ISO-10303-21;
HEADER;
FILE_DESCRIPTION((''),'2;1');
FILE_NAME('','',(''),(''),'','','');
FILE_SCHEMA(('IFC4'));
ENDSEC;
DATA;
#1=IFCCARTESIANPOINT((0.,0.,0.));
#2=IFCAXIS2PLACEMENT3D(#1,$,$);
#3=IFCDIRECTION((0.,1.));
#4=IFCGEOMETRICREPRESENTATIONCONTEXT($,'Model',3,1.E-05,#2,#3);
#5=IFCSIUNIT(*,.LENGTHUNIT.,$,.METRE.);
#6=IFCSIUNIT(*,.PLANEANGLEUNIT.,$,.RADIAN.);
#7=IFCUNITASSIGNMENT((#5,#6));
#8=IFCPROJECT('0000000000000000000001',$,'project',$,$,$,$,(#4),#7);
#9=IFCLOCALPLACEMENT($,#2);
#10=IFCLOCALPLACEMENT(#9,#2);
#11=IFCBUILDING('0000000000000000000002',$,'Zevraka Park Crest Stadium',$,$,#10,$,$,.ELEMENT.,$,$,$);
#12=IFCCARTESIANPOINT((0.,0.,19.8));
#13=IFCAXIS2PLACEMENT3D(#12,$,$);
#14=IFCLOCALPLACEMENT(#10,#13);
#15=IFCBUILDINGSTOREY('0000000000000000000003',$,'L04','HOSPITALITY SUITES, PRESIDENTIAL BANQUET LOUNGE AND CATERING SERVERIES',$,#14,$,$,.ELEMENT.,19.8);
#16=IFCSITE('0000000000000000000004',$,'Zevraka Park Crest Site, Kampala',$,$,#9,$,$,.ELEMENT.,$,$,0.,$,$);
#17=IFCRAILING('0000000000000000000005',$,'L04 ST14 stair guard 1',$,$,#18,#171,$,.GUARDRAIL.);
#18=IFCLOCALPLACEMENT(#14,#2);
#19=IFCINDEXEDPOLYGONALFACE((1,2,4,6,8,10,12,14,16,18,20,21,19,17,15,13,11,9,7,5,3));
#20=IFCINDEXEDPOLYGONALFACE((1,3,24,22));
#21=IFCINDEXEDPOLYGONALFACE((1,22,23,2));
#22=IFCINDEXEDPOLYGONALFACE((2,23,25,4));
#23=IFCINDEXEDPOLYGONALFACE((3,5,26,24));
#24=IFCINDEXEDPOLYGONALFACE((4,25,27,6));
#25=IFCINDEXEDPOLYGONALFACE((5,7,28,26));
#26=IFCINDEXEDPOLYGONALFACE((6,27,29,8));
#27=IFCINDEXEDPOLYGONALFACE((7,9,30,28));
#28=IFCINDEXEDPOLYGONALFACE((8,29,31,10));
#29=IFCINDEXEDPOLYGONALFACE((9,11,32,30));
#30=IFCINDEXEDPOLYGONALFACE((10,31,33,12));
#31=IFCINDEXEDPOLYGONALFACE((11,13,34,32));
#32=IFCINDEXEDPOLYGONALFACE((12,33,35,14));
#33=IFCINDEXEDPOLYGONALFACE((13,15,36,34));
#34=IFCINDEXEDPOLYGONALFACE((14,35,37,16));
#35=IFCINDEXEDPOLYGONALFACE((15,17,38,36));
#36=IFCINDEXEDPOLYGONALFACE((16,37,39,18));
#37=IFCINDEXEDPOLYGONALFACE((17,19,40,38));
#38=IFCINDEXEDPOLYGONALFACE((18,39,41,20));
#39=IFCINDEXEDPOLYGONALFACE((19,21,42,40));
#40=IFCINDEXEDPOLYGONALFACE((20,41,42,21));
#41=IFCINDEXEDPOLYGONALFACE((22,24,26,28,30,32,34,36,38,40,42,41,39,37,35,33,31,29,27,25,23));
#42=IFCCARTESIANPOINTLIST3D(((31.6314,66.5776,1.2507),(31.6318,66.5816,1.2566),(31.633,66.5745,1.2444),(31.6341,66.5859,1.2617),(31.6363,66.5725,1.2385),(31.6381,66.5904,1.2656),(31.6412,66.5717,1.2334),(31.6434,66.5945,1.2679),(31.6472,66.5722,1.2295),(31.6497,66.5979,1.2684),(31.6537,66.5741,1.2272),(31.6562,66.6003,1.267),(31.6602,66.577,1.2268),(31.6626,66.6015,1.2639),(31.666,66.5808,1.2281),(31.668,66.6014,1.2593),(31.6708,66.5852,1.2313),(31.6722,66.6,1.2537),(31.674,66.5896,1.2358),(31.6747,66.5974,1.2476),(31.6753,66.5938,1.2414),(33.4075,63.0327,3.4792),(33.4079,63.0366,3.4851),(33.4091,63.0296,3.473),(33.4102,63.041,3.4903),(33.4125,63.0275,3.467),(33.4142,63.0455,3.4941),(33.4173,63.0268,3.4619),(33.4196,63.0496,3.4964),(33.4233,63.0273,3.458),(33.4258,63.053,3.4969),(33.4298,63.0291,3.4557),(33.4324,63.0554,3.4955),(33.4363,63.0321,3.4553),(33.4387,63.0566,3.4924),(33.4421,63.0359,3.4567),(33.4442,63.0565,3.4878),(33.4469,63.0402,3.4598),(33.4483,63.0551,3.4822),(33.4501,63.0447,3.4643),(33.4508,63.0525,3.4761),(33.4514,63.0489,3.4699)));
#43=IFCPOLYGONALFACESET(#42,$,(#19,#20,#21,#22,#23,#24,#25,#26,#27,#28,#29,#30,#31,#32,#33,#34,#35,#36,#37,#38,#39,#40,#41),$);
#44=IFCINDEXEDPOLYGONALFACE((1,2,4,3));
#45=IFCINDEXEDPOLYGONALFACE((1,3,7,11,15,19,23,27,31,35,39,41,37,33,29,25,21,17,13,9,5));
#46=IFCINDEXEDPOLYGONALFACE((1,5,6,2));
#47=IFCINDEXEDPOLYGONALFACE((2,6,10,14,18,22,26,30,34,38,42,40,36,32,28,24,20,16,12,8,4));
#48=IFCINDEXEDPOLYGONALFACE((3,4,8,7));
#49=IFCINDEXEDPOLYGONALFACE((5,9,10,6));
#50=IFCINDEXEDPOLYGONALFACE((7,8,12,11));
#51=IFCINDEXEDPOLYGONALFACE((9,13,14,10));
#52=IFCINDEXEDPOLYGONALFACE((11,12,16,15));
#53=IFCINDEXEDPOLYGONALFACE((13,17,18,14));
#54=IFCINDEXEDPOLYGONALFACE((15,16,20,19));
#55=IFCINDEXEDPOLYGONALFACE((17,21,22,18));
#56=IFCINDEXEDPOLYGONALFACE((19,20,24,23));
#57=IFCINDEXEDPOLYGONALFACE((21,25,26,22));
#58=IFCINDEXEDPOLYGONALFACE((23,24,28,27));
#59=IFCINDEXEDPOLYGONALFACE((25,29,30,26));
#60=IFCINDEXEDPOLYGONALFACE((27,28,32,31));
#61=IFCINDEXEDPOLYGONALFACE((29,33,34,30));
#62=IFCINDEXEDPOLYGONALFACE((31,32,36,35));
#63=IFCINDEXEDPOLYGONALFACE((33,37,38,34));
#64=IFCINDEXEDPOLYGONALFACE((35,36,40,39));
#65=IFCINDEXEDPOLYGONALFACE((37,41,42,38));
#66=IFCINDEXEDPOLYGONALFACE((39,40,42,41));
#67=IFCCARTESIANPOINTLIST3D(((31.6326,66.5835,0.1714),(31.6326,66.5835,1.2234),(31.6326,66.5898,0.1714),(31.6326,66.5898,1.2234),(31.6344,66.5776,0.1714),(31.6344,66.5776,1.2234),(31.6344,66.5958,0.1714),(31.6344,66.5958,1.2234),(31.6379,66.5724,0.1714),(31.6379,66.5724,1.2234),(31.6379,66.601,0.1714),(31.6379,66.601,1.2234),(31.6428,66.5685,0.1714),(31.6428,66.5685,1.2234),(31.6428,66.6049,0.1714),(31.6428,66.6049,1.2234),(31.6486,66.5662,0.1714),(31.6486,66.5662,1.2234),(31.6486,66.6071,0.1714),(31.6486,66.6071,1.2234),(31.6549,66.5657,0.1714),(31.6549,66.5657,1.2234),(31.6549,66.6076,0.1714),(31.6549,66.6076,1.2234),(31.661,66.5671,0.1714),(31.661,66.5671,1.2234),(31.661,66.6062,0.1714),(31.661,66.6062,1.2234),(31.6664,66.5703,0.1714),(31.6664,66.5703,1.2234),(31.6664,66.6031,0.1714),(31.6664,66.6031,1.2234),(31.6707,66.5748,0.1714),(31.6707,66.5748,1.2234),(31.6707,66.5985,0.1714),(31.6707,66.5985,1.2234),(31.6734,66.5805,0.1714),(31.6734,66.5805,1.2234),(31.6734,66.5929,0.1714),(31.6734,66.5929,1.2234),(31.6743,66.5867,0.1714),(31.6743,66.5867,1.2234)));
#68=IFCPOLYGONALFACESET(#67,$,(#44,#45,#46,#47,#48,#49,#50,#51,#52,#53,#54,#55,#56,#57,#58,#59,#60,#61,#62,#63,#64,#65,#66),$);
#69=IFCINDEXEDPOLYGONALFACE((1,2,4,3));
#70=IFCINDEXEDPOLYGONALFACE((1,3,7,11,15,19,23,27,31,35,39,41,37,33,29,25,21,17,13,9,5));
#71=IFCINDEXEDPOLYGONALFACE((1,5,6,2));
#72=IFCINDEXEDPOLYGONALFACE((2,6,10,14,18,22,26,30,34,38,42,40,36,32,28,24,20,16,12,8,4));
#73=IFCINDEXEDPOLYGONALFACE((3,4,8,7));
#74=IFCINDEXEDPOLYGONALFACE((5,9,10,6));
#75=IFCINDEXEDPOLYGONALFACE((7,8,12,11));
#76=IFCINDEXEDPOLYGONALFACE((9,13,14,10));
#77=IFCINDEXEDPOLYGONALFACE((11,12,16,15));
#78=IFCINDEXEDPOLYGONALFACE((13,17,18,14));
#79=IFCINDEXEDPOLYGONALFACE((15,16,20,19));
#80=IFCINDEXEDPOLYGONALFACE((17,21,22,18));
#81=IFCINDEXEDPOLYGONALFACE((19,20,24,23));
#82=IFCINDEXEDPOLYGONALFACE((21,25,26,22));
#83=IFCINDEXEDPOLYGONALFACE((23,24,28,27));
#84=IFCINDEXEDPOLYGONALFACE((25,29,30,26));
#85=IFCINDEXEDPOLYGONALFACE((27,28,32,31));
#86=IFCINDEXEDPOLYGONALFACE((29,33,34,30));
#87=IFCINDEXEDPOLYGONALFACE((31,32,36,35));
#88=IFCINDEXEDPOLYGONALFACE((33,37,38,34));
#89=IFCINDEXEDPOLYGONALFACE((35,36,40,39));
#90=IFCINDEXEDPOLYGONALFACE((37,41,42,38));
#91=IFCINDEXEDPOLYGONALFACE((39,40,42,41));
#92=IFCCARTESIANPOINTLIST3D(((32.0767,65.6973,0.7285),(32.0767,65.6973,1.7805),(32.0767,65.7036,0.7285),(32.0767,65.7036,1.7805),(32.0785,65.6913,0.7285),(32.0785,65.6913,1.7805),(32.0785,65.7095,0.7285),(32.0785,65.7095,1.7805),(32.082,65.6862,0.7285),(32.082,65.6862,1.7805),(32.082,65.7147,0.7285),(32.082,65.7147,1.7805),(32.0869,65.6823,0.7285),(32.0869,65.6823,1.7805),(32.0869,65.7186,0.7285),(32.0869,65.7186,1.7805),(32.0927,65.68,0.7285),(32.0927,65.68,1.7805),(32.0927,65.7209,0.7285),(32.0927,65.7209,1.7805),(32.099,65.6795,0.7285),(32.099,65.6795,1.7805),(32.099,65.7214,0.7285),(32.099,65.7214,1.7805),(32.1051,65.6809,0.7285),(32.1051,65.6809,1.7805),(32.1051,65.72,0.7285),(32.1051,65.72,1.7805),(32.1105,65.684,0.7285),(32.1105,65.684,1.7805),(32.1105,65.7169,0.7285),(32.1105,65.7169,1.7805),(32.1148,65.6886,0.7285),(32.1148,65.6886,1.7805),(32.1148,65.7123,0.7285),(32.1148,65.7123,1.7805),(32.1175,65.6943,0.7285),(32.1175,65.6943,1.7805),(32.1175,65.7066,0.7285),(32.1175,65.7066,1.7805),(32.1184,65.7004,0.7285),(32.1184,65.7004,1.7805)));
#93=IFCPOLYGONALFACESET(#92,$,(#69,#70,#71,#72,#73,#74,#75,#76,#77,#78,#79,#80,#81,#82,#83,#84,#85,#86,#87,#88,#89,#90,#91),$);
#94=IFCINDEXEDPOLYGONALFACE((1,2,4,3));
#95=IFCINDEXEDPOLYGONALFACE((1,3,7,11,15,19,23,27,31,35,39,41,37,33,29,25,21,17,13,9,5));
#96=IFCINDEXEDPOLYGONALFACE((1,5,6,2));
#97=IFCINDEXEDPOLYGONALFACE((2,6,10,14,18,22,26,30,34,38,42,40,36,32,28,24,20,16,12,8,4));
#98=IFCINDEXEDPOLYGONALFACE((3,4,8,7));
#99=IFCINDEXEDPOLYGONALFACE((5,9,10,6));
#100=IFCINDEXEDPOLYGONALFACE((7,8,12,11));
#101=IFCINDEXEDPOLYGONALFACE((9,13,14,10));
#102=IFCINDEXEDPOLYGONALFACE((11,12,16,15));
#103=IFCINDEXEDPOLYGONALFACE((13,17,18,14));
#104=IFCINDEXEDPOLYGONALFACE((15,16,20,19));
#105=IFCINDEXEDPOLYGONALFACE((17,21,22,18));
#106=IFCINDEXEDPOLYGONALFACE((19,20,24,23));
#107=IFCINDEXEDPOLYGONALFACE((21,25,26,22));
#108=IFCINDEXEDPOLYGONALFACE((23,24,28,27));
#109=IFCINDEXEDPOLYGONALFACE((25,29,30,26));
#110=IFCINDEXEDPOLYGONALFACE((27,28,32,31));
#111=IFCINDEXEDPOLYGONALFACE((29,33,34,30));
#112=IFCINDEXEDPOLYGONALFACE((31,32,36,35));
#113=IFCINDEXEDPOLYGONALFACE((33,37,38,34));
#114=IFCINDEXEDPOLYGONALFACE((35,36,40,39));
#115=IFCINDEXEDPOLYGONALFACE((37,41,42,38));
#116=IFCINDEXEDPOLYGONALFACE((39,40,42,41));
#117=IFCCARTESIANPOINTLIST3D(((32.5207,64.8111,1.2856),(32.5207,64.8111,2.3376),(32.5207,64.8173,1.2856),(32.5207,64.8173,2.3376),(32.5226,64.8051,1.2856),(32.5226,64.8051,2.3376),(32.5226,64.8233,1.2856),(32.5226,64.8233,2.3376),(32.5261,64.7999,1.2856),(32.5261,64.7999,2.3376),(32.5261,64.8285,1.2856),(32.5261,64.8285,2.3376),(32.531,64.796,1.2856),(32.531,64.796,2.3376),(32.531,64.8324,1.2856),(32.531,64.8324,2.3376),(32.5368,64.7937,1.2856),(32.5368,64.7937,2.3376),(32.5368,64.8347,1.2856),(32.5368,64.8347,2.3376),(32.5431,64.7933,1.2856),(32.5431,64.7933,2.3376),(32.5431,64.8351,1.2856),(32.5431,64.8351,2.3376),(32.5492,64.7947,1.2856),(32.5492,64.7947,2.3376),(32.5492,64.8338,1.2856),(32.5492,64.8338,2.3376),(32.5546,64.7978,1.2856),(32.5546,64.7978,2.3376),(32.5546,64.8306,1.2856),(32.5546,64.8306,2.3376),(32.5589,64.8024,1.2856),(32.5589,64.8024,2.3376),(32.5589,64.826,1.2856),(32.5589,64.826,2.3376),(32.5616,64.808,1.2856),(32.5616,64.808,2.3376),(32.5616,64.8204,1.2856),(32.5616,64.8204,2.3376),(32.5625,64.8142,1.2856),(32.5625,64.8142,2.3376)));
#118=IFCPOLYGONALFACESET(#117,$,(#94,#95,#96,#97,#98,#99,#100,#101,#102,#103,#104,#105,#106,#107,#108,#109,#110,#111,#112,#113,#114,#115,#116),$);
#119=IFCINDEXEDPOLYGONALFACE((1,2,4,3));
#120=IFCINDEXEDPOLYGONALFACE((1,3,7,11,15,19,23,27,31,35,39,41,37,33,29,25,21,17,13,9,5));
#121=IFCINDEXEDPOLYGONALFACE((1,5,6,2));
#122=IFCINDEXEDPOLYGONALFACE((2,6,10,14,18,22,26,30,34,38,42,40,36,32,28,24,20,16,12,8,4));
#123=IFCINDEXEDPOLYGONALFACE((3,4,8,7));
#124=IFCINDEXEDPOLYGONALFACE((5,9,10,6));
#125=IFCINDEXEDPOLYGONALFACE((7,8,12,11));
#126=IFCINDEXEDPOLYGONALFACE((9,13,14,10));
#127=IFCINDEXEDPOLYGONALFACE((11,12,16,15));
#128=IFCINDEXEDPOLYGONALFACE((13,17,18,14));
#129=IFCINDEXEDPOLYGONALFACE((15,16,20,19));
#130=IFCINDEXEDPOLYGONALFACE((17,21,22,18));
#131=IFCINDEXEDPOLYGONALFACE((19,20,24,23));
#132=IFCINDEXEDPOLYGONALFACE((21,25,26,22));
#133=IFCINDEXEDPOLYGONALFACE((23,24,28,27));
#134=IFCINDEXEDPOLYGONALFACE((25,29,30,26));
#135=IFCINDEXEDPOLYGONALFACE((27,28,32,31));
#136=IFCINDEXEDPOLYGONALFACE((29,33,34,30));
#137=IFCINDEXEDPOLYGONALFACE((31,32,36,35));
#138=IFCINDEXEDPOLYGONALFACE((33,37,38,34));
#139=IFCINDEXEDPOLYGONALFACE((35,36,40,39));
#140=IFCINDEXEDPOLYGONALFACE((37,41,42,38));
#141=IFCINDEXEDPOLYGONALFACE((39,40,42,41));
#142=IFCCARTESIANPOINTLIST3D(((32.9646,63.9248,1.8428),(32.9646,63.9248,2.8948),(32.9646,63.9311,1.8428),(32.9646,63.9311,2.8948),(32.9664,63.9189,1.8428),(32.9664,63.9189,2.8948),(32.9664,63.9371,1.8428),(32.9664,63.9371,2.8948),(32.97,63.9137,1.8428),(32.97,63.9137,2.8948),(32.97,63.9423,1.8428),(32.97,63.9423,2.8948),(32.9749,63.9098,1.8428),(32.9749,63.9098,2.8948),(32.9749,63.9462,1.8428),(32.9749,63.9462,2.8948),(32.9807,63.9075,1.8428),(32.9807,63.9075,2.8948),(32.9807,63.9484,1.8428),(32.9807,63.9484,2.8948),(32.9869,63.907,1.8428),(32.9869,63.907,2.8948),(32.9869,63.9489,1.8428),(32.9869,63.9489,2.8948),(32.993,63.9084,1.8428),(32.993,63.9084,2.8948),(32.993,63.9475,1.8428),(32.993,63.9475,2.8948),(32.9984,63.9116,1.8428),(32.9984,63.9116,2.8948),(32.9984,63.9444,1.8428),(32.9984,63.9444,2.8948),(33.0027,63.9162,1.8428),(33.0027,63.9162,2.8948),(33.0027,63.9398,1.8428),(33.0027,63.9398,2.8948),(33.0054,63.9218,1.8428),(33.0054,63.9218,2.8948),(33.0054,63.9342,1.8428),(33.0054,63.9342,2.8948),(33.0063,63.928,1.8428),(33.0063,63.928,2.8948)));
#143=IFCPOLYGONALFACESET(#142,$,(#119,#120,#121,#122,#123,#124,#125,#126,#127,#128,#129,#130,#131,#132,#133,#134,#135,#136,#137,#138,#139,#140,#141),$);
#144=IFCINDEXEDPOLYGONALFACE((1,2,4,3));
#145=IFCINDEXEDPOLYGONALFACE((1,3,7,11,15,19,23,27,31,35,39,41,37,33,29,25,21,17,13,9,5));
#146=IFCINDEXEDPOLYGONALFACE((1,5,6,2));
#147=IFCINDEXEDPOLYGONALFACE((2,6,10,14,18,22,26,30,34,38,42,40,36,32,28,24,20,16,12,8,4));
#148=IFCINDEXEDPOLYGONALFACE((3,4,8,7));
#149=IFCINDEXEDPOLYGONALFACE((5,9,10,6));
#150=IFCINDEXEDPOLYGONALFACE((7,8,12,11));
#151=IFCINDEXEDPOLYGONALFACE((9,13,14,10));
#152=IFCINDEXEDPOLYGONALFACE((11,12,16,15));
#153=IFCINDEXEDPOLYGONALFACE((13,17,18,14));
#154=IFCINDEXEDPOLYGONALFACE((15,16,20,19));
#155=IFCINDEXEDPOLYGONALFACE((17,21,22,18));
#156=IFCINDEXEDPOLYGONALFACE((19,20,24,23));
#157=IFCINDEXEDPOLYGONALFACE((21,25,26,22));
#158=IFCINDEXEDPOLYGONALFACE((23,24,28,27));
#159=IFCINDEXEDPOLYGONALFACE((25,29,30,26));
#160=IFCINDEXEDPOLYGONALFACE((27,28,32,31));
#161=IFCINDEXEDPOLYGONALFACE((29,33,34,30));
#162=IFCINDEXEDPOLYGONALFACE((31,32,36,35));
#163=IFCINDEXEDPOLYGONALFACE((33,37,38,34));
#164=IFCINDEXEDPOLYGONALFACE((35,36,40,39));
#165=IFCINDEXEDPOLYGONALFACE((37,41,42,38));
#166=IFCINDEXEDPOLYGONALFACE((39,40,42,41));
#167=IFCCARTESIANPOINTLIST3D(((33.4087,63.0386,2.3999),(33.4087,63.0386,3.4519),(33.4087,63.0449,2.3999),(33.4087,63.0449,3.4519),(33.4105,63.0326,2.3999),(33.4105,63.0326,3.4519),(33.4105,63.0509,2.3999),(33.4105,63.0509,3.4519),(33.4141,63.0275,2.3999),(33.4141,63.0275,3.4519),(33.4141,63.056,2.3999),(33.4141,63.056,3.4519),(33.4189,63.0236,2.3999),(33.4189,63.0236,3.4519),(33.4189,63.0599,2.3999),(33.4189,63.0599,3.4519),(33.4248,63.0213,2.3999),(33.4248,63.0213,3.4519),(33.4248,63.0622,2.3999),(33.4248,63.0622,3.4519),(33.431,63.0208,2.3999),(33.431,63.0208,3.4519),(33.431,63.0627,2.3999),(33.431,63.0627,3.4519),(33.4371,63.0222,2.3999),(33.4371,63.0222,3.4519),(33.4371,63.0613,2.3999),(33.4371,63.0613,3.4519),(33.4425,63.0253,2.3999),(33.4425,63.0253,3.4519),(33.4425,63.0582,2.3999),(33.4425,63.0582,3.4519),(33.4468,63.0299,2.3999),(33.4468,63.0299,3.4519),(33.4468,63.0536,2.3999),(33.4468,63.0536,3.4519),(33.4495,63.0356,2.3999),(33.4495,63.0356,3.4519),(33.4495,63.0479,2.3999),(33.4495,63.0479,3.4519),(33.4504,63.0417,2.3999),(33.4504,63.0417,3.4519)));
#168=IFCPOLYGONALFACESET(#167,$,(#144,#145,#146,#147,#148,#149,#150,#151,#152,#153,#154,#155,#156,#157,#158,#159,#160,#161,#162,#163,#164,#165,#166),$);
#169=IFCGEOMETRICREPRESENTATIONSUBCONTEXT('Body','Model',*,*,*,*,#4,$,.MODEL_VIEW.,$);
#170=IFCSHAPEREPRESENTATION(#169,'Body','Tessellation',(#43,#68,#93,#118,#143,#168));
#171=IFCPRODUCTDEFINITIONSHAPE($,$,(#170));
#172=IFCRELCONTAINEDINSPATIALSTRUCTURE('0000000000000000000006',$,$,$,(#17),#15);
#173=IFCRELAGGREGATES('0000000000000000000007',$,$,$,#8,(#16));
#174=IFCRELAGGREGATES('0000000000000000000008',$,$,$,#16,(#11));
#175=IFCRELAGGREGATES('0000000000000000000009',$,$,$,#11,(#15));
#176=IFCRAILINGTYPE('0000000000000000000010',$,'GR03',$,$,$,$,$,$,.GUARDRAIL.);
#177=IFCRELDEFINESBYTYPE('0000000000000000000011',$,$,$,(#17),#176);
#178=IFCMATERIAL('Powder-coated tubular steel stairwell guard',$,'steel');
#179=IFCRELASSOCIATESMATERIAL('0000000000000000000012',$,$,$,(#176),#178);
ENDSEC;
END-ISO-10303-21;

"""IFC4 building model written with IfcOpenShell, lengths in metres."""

from ifc_helpers import new_model, si_unit, direction, frame, origin, origin_2d, place, context, subcontext, project, spatial, circle, extrude, material, type_object, element, save


model = new_model("IFC4")

# Units and contexts
model_context = context("Model", 3, precision=1e-05, world=origin(), true_north=direction((0.0, 1.0)))
body_context = subcontext(model_context, "Body", "Model", "MODEL_VIEW")
ifc_project = project(units=[si_unit("LENGTHUNIT", "METRE"), si_unit("PLANEANGLEUNIT", "RADIAN")], contexts=[model_context])

# Site, building, storey
site_placement = place(None, origin())
site = spatial("IfcSite", under=ifc_project, at=site_placement, Name="Zevraka Park Crest Site, Kampala", CompositionType="ELEMENT", RefElevation=0.0)
building_placement = place(site_placement, origin())
building = spatial("IfcBuilding", under=site, at=building_placement, Name="Zevraka Park Crest Stadium", CompositionType="ELEMENT")
storey_placement = place(building_placement, frame((0.0, 0.0, 19.8)))
storey = spatial("IfcBuildingStorey", under=building, at=storey_placement, Name="L04", Description="HOSPITALITY SUITES, PRESIDENTIAL BANQUET LOUNGE AND CATERING SERVERIES", CompositionType="ELEMENT", Elevation=19.8)

# Railing
ifc_material_1 = material(Name="Powder-coated tubular steel stairwell guard", Category="steel")
railing_type_1 = type_object("IfcRailingType", Name="GR03", PredefinedType="GUARDRAIL", material=ifc_material_1)
railing_1_placement = place(storey_placement, frame((31.6533, 66.5867, 0.1714)))
element("IfcRailing", 1, at=railing_1_placement, inside=storey, type_object=railing_type_1, Name="L04 ST14 stair guard 1", PredefinedType="GUARDRAIL", context=body_context, shape_type="SweptSolid", body=[
    extrude(circle(Radius=0.0239, at=origin_2d()), frame((0.0, 0.0, 1.0762), z_axis=(0.390499, -0.779389, 0.489963), x_axis=(0.894057, 0.447952, 0.0)), (0.0, 0.0, 1.0), 4.5483),
    extrude(circle(Radius=0.021, at=origin_2d()), origin(), (0.0, 0.0, 1.0), 1.052),
    extrude(circle(Radius=0.021, at=origin_2d()), frame((0.4441, -0.8862, 0.5571)), (0.0, 0.0, 1.0), 1.052),
    extrude(circle(Radius=0.021, at=origin_2d()), frame((0.8882, -1.7725, 1.1143)), (0.0, 0.0, 1.0), 1.052),
    extrude(circle(Radius=0.021, at=origin_2d()), frame((1.332, -2.6587, 1.6714)), (0.0, 0.0, 1.0), 1.052),
    extrude(circle(Radius=0.021, at=origin_2d()), frame((1.7761, -3.5449, 2.2285)), (0.0, 0.0, 1.0), 1.052),
])

save(model, "model.ifc")
